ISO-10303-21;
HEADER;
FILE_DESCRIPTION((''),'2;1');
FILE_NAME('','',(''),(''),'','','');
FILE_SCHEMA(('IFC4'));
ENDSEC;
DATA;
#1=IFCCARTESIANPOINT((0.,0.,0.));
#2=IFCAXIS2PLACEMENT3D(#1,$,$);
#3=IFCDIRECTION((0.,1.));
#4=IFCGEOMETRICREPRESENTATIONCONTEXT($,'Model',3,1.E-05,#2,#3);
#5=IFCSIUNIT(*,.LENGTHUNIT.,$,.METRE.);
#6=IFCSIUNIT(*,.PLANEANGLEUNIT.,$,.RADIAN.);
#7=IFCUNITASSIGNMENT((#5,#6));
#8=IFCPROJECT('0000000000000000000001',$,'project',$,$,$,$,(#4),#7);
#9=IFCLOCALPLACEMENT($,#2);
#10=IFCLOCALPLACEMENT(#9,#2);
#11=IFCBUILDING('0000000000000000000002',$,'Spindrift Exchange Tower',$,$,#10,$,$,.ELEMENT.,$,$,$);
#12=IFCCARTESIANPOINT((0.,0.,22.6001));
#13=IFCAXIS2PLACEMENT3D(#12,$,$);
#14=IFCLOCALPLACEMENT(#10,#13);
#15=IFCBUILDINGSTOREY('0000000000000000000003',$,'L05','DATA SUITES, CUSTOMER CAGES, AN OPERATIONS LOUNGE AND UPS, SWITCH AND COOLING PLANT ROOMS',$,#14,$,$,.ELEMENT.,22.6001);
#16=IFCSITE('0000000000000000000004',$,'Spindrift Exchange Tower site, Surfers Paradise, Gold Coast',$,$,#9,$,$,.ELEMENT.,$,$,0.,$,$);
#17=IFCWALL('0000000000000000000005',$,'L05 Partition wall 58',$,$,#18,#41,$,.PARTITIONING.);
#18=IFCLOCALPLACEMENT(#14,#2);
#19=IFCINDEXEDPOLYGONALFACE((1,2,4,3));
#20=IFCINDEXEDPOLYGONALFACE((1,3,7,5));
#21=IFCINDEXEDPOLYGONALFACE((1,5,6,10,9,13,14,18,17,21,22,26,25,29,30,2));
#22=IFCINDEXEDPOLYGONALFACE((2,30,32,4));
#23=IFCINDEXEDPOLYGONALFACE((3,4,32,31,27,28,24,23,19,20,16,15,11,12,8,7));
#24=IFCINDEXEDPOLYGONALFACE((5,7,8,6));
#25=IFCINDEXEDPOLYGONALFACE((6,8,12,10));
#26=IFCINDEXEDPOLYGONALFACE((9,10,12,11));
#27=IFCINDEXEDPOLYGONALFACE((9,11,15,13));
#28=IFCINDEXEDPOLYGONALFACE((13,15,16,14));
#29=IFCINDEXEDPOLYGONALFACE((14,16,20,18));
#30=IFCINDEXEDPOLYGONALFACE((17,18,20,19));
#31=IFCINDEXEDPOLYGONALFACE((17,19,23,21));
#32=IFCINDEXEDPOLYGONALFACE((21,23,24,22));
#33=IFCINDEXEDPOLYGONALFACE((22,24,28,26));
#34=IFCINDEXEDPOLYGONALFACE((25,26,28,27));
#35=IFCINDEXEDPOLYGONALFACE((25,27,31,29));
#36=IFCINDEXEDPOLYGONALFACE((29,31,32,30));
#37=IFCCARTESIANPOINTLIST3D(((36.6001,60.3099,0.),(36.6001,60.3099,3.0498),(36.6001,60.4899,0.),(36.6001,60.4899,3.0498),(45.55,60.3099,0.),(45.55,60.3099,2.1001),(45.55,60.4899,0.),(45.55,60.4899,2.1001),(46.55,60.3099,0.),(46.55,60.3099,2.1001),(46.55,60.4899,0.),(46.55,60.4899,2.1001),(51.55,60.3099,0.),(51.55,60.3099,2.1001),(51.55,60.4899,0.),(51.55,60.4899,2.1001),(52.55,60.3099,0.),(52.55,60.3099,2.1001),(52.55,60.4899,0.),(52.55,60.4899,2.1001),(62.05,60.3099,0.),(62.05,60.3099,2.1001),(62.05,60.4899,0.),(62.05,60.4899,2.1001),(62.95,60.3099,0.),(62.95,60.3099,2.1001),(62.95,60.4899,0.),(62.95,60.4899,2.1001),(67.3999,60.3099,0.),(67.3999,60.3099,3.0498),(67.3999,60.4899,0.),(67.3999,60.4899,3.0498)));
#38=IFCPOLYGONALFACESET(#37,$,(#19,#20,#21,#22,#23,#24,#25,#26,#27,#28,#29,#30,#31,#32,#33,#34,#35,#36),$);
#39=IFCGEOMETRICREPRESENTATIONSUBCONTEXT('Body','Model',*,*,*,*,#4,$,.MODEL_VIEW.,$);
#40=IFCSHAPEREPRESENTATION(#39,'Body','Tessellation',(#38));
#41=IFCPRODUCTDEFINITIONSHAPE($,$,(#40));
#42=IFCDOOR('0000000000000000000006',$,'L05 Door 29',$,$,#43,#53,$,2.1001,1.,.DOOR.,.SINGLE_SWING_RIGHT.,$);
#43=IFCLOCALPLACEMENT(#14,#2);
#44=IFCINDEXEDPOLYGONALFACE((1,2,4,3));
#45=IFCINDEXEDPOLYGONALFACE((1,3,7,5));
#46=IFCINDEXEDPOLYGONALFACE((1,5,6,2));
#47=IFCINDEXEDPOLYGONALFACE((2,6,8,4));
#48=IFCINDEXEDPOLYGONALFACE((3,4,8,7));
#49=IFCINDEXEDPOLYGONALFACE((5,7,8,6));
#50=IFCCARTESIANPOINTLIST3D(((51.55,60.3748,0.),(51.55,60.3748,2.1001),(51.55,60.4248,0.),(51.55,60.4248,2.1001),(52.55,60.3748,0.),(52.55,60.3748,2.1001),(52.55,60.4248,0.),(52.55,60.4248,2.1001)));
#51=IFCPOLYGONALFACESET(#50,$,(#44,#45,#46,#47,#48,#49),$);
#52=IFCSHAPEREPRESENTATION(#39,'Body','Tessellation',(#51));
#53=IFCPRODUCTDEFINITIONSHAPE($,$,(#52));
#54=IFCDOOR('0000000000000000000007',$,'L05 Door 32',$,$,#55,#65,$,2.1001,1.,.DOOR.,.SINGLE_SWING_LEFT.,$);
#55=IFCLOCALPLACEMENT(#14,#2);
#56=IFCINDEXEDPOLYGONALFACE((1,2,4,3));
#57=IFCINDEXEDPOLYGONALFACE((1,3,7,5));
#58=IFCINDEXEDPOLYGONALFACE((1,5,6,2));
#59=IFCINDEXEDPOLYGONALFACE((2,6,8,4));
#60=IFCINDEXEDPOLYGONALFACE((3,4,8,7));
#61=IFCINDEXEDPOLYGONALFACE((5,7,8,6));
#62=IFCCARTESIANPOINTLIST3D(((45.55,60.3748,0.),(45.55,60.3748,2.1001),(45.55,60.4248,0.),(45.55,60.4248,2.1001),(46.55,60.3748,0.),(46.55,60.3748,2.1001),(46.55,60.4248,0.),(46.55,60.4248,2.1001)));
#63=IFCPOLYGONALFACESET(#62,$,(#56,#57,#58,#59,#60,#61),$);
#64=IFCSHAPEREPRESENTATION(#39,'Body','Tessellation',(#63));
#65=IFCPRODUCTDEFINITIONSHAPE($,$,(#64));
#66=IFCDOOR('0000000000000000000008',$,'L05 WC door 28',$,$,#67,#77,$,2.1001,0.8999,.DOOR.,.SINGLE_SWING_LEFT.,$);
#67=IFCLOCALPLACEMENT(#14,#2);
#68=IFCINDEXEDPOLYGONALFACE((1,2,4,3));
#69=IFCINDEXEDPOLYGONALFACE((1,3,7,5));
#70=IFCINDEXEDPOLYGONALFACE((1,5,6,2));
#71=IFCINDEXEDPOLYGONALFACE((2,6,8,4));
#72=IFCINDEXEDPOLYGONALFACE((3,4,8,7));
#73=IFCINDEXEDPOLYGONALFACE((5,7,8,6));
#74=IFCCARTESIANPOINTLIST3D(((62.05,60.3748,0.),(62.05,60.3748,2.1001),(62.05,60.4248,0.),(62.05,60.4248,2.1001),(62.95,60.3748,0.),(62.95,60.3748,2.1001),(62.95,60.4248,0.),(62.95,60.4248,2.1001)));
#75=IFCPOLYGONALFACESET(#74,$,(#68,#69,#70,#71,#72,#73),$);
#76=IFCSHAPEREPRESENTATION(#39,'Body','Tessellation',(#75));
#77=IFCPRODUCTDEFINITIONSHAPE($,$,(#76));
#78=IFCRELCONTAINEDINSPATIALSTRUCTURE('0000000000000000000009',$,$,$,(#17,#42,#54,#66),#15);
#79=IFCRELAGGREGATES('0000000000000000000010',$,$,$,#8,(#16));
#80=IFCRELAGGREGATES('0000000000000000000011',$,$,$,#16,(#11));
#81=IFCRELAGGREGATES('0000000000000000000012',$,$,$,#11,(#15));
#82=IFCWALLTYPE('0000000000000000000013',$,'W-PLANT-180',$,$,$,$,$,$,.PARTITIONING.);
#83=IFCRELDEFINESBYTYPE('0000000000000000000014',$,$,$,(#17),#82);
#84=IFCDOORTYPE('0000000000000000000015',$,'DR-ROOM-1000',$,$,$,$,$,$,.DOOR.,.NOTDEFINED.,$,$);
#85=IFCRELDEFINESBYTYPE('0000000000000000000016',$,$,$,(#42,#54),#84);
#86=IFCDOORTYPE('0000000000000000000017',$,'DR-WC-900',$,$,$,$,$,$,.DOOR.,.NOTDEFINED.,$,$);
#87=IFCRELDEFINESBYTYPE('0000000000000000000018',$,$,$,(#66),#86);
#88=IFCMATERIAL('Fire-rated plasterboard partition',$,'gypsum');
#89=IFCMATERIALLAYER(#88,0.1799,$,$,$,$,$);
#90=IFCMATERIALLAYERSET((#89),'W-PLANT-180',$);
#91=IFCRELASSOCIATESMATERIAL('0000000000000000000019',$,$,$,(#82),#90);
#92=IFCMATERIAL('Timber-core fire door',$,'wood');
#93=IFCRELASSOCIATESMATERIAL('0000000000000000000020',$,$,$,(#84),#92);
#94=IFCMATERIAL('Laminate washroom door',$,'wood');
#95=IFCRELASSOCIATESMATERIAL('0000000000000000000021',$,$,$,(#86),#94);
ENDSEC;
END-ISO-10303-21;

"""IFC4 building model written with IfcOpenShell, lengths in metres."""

from ifc_helpers import new_model, si_unit, direction, frame, frame_2d, origin, place, context, subcontext, project, spatial, rectangle, extrude, source, transform, mapped, material, layer, layer_set, type_object, element, fill, save


model = new_model("IFC4")

# Units and contexts
model_context = context("Model", 3, precision=1e-05, world=origin(), true_north=direction((0.0, 1.0)))
body_context = subcontext(model_context, "Body", "Model", "MODEL_VIEW")
ifc_project = project(units=[si_unit("LENGTHUNIT", "METRE"), si_unit("PLANEANGLEUNIT", "RADIAN")], contexts=[model_context])

# Site, building, storey
site_placement = place(None, origin())
site = spatial("IfcSite", under=ifc_project, at=site_placement, Name="Spindrift Exchange Tower site, Surfers Paradise, Gold Coast", CompositionType="ELEMENT", RefElevation=0.0)
building_placement = place(site_placement, origin())
building = spatial("IfcBuilding", under=site, at=building_placement, Name="Spindrift Exchange Tower", CompositionType="ELEMENT")
storey_placement = place(building_placement, frame((0.0, 0.0, 22.6001)))
storey = spatial("IfcBuildingStorey", under=building, at=storey_placement, Name="L05", Description="DATA SUITES, CUSTOMER CAGES, AN OPERATIONS LOUNGE AND UPS, SWITCH AND COOLING PLANT ROOMS", CompositionType="ELEMENT", Elevation=22.6001)

# Shared definitions
ifc_material_1 = material(Name="Fire-rated plasterboard partition", Category="gypsum")

# Wall, openings, doors
ifc_layer_1 = layer(ifc_material_1, 0.1799)
ifc_layer_set_1 = layer_set([ifc_layer_1], Name="W-PLANT-180")
wall_type_1 = type_object("IfcWallType", Name="W-PLANT-180", PredefinedType="PARTITIONING", material=ifc_layer_set_1)
wall_1_placement = place(storey_placement, frame((36.6001, 60.3999, 0.0), z_axis=(0.0, 0.0, 1.0), x_axis=(1.0, 0.0, 0.0)))
wall_1 = element("IfcWall", 1, at=wall_1_placement, inside=storey, type_object=wall_type_1, Name="L05 Partition wall 58", PredefinedType="PARTITIONING", context=body_context, shape_type="SweptSolid", body=[
    extrude(rectangle(XDim=30.7998, YDim=0.1799, at=frame_2d((15.3999, 0.0))), origin(), (0.0, 0.0, 1.0), 3.0498),
])
opening_1_placement = place(wall_1_placement, frame((25.45, 0.0, 0.0)))
opening_1 = element("IfcOpeningElement", 2, at=opening_1_placement, cuts=wall_1, PredefinedType="OPENING", context=body_context, shape_type="SweptSolid", body=[
    extrude(rectangle(XDim=0.8999, YDim=2.1001, at=frame_2d((0.45, 1.05))), frame((0.0, 0.0999, 0.0), z_axis=(0.0, -1.0, 0.0), x_axis=(1.0, 0.0, 0.0)), (0.0, 0.0, 1.0), 0.2),
])
opening_2_placement = place(wall_1_placement, frame((14.95, 0.0, 0.0)))
opening_2 = element("IfcOpeningElement", 3, at=opening_2_placement, cuts=wall_1, PredefinedType="OPENING", context=body_context, shape_type="SweptSolid", body=[
    extrude(rectangle(XDim=1.0, YDim=2.1001, at=frame_2d((0.5, 1.05))), frame((0.0, 0.0999, 0.0), z_axis=(0.0, -1.0, 0.0), x_axis=(1.0, 0.0, 0.0)), (0.0, 0.0, 1.0), 0.2),
])
opening_3_placement = place(wall_1_placement, frame((8.95, 0.0, 0.0)))
opening_3 = element("IfcOpeningElement", 4, at=opening_3_placement, cuts=wall_1, PredefinedType="OPENING", context=body_context, shape_type="SweptSolid", body=[
    extrude(rectangle(XDim=1.0, YDim=2.1001, at=frame_2d((0.5, 1.05))), frame((0.0, 0.0999, 0.0), z_axis=(0.0, -1.0, 0.0), x_axis=(1.0, 0.0, 0.0)), (0.0, 0.0, 1.0), 0.2),
])
ifc_material_2 = material(Name="Timber-core fire door", Category="wood")
door_type_1 = type_object("IfcDoorType", Name="DR-ROOM-1000", OperationType="NOTDEFINED", PredefinedType="DOOR", material=ifc_material_2)
shared_shape_1 = source(origin(), body_context, "Body", "SweptSolid", [
    extrude(rectangle(XDim=1.0, YDim=2.1001, at=frame_2d((0.5, 1.05))), frame((0.0, 0.0249, 0.0), z_axis=(0.0, -1.0, 0.0), x_axis=(1.0, 0.0, 0.0)), (0.0, 0.0, 1.0), 0.05),
])
door_1_placement = place(opening_2_placement, origin())
door_1 = element("IfcDoor", 5, at=door_1_placement, inside=storey, type_object=door_type_1, Name="L05 Door 29", OperationType="SINGLE_SWING_RIGHT", OverallHeight=2.1001, OverallWidth=1.0, PredefinedType="DOOR", context=body_context, shape_type="MappedRepresentation", body=[
    mapped(shared_shape_1, transform((0.0, 0.0, 0.0), scale=1.0)),
])
fill(opening_2, door_1)
door_2_placement = place(opening_3_placement, origin())
door_2 = element("IfcDoor", 6, at=door_2_placement, inside=storey, type_object=door_type_1, Name="L05 Door 32", OperationType="SINGLE_SWING_LEFT", OverallHeight=2.1001, OverallWidth=1.0, PredefinedType="DOOR", context=body_context, shape_type="MappedRepresentation", body=[
    mapped(shared_shape_1, transform((0.0, 0.0, 0.0), scale=1.0)),
])
fill(opening_3, door_2)
ifc_material_3 = material(Name="Laminate washroom door", Category="wood")
door_type_2 = type_object("IfcDoorType", Name="DR-WC-900", OperationType="NOTDEFINED", PredefinedType="DOOR", material=ifc_material_3)
shared_shape_2 = source(origin(), body_context, "Body", "SweptSolid", [
    extrude(rectangle(XDim=0.8999, YDim=2.1001, at=frame_2d((0.45, 1.05))), frame((0.0, 0.0249, 0.0), z_axis=(0.0, -1.0, 0.0), x_axis=(1.0, 0.0, 0.0)), (0.0, 0.0, 1.0), 0.05),
])
door_3_placement = place(opening_1_placement, origin())
door_3 = element("IfcDoor", 7, at=door_3_placement, inside=storey, type_object=door_type_2, Name="L05 WC door 28", OperationType="SINGLE_SWING_LEFT", OverallHeight=2.1001, OverallWidth=0.8999, PredefinedType="DOOR", context=body_context, shape_type="MappedRepresentation", body=[
    mapped(shared_shape_2, transform((0.0, 0.0, 0.0), scale=1.0)),
])
fill(opening_1, door_3)

save(model, "model.ifc")
